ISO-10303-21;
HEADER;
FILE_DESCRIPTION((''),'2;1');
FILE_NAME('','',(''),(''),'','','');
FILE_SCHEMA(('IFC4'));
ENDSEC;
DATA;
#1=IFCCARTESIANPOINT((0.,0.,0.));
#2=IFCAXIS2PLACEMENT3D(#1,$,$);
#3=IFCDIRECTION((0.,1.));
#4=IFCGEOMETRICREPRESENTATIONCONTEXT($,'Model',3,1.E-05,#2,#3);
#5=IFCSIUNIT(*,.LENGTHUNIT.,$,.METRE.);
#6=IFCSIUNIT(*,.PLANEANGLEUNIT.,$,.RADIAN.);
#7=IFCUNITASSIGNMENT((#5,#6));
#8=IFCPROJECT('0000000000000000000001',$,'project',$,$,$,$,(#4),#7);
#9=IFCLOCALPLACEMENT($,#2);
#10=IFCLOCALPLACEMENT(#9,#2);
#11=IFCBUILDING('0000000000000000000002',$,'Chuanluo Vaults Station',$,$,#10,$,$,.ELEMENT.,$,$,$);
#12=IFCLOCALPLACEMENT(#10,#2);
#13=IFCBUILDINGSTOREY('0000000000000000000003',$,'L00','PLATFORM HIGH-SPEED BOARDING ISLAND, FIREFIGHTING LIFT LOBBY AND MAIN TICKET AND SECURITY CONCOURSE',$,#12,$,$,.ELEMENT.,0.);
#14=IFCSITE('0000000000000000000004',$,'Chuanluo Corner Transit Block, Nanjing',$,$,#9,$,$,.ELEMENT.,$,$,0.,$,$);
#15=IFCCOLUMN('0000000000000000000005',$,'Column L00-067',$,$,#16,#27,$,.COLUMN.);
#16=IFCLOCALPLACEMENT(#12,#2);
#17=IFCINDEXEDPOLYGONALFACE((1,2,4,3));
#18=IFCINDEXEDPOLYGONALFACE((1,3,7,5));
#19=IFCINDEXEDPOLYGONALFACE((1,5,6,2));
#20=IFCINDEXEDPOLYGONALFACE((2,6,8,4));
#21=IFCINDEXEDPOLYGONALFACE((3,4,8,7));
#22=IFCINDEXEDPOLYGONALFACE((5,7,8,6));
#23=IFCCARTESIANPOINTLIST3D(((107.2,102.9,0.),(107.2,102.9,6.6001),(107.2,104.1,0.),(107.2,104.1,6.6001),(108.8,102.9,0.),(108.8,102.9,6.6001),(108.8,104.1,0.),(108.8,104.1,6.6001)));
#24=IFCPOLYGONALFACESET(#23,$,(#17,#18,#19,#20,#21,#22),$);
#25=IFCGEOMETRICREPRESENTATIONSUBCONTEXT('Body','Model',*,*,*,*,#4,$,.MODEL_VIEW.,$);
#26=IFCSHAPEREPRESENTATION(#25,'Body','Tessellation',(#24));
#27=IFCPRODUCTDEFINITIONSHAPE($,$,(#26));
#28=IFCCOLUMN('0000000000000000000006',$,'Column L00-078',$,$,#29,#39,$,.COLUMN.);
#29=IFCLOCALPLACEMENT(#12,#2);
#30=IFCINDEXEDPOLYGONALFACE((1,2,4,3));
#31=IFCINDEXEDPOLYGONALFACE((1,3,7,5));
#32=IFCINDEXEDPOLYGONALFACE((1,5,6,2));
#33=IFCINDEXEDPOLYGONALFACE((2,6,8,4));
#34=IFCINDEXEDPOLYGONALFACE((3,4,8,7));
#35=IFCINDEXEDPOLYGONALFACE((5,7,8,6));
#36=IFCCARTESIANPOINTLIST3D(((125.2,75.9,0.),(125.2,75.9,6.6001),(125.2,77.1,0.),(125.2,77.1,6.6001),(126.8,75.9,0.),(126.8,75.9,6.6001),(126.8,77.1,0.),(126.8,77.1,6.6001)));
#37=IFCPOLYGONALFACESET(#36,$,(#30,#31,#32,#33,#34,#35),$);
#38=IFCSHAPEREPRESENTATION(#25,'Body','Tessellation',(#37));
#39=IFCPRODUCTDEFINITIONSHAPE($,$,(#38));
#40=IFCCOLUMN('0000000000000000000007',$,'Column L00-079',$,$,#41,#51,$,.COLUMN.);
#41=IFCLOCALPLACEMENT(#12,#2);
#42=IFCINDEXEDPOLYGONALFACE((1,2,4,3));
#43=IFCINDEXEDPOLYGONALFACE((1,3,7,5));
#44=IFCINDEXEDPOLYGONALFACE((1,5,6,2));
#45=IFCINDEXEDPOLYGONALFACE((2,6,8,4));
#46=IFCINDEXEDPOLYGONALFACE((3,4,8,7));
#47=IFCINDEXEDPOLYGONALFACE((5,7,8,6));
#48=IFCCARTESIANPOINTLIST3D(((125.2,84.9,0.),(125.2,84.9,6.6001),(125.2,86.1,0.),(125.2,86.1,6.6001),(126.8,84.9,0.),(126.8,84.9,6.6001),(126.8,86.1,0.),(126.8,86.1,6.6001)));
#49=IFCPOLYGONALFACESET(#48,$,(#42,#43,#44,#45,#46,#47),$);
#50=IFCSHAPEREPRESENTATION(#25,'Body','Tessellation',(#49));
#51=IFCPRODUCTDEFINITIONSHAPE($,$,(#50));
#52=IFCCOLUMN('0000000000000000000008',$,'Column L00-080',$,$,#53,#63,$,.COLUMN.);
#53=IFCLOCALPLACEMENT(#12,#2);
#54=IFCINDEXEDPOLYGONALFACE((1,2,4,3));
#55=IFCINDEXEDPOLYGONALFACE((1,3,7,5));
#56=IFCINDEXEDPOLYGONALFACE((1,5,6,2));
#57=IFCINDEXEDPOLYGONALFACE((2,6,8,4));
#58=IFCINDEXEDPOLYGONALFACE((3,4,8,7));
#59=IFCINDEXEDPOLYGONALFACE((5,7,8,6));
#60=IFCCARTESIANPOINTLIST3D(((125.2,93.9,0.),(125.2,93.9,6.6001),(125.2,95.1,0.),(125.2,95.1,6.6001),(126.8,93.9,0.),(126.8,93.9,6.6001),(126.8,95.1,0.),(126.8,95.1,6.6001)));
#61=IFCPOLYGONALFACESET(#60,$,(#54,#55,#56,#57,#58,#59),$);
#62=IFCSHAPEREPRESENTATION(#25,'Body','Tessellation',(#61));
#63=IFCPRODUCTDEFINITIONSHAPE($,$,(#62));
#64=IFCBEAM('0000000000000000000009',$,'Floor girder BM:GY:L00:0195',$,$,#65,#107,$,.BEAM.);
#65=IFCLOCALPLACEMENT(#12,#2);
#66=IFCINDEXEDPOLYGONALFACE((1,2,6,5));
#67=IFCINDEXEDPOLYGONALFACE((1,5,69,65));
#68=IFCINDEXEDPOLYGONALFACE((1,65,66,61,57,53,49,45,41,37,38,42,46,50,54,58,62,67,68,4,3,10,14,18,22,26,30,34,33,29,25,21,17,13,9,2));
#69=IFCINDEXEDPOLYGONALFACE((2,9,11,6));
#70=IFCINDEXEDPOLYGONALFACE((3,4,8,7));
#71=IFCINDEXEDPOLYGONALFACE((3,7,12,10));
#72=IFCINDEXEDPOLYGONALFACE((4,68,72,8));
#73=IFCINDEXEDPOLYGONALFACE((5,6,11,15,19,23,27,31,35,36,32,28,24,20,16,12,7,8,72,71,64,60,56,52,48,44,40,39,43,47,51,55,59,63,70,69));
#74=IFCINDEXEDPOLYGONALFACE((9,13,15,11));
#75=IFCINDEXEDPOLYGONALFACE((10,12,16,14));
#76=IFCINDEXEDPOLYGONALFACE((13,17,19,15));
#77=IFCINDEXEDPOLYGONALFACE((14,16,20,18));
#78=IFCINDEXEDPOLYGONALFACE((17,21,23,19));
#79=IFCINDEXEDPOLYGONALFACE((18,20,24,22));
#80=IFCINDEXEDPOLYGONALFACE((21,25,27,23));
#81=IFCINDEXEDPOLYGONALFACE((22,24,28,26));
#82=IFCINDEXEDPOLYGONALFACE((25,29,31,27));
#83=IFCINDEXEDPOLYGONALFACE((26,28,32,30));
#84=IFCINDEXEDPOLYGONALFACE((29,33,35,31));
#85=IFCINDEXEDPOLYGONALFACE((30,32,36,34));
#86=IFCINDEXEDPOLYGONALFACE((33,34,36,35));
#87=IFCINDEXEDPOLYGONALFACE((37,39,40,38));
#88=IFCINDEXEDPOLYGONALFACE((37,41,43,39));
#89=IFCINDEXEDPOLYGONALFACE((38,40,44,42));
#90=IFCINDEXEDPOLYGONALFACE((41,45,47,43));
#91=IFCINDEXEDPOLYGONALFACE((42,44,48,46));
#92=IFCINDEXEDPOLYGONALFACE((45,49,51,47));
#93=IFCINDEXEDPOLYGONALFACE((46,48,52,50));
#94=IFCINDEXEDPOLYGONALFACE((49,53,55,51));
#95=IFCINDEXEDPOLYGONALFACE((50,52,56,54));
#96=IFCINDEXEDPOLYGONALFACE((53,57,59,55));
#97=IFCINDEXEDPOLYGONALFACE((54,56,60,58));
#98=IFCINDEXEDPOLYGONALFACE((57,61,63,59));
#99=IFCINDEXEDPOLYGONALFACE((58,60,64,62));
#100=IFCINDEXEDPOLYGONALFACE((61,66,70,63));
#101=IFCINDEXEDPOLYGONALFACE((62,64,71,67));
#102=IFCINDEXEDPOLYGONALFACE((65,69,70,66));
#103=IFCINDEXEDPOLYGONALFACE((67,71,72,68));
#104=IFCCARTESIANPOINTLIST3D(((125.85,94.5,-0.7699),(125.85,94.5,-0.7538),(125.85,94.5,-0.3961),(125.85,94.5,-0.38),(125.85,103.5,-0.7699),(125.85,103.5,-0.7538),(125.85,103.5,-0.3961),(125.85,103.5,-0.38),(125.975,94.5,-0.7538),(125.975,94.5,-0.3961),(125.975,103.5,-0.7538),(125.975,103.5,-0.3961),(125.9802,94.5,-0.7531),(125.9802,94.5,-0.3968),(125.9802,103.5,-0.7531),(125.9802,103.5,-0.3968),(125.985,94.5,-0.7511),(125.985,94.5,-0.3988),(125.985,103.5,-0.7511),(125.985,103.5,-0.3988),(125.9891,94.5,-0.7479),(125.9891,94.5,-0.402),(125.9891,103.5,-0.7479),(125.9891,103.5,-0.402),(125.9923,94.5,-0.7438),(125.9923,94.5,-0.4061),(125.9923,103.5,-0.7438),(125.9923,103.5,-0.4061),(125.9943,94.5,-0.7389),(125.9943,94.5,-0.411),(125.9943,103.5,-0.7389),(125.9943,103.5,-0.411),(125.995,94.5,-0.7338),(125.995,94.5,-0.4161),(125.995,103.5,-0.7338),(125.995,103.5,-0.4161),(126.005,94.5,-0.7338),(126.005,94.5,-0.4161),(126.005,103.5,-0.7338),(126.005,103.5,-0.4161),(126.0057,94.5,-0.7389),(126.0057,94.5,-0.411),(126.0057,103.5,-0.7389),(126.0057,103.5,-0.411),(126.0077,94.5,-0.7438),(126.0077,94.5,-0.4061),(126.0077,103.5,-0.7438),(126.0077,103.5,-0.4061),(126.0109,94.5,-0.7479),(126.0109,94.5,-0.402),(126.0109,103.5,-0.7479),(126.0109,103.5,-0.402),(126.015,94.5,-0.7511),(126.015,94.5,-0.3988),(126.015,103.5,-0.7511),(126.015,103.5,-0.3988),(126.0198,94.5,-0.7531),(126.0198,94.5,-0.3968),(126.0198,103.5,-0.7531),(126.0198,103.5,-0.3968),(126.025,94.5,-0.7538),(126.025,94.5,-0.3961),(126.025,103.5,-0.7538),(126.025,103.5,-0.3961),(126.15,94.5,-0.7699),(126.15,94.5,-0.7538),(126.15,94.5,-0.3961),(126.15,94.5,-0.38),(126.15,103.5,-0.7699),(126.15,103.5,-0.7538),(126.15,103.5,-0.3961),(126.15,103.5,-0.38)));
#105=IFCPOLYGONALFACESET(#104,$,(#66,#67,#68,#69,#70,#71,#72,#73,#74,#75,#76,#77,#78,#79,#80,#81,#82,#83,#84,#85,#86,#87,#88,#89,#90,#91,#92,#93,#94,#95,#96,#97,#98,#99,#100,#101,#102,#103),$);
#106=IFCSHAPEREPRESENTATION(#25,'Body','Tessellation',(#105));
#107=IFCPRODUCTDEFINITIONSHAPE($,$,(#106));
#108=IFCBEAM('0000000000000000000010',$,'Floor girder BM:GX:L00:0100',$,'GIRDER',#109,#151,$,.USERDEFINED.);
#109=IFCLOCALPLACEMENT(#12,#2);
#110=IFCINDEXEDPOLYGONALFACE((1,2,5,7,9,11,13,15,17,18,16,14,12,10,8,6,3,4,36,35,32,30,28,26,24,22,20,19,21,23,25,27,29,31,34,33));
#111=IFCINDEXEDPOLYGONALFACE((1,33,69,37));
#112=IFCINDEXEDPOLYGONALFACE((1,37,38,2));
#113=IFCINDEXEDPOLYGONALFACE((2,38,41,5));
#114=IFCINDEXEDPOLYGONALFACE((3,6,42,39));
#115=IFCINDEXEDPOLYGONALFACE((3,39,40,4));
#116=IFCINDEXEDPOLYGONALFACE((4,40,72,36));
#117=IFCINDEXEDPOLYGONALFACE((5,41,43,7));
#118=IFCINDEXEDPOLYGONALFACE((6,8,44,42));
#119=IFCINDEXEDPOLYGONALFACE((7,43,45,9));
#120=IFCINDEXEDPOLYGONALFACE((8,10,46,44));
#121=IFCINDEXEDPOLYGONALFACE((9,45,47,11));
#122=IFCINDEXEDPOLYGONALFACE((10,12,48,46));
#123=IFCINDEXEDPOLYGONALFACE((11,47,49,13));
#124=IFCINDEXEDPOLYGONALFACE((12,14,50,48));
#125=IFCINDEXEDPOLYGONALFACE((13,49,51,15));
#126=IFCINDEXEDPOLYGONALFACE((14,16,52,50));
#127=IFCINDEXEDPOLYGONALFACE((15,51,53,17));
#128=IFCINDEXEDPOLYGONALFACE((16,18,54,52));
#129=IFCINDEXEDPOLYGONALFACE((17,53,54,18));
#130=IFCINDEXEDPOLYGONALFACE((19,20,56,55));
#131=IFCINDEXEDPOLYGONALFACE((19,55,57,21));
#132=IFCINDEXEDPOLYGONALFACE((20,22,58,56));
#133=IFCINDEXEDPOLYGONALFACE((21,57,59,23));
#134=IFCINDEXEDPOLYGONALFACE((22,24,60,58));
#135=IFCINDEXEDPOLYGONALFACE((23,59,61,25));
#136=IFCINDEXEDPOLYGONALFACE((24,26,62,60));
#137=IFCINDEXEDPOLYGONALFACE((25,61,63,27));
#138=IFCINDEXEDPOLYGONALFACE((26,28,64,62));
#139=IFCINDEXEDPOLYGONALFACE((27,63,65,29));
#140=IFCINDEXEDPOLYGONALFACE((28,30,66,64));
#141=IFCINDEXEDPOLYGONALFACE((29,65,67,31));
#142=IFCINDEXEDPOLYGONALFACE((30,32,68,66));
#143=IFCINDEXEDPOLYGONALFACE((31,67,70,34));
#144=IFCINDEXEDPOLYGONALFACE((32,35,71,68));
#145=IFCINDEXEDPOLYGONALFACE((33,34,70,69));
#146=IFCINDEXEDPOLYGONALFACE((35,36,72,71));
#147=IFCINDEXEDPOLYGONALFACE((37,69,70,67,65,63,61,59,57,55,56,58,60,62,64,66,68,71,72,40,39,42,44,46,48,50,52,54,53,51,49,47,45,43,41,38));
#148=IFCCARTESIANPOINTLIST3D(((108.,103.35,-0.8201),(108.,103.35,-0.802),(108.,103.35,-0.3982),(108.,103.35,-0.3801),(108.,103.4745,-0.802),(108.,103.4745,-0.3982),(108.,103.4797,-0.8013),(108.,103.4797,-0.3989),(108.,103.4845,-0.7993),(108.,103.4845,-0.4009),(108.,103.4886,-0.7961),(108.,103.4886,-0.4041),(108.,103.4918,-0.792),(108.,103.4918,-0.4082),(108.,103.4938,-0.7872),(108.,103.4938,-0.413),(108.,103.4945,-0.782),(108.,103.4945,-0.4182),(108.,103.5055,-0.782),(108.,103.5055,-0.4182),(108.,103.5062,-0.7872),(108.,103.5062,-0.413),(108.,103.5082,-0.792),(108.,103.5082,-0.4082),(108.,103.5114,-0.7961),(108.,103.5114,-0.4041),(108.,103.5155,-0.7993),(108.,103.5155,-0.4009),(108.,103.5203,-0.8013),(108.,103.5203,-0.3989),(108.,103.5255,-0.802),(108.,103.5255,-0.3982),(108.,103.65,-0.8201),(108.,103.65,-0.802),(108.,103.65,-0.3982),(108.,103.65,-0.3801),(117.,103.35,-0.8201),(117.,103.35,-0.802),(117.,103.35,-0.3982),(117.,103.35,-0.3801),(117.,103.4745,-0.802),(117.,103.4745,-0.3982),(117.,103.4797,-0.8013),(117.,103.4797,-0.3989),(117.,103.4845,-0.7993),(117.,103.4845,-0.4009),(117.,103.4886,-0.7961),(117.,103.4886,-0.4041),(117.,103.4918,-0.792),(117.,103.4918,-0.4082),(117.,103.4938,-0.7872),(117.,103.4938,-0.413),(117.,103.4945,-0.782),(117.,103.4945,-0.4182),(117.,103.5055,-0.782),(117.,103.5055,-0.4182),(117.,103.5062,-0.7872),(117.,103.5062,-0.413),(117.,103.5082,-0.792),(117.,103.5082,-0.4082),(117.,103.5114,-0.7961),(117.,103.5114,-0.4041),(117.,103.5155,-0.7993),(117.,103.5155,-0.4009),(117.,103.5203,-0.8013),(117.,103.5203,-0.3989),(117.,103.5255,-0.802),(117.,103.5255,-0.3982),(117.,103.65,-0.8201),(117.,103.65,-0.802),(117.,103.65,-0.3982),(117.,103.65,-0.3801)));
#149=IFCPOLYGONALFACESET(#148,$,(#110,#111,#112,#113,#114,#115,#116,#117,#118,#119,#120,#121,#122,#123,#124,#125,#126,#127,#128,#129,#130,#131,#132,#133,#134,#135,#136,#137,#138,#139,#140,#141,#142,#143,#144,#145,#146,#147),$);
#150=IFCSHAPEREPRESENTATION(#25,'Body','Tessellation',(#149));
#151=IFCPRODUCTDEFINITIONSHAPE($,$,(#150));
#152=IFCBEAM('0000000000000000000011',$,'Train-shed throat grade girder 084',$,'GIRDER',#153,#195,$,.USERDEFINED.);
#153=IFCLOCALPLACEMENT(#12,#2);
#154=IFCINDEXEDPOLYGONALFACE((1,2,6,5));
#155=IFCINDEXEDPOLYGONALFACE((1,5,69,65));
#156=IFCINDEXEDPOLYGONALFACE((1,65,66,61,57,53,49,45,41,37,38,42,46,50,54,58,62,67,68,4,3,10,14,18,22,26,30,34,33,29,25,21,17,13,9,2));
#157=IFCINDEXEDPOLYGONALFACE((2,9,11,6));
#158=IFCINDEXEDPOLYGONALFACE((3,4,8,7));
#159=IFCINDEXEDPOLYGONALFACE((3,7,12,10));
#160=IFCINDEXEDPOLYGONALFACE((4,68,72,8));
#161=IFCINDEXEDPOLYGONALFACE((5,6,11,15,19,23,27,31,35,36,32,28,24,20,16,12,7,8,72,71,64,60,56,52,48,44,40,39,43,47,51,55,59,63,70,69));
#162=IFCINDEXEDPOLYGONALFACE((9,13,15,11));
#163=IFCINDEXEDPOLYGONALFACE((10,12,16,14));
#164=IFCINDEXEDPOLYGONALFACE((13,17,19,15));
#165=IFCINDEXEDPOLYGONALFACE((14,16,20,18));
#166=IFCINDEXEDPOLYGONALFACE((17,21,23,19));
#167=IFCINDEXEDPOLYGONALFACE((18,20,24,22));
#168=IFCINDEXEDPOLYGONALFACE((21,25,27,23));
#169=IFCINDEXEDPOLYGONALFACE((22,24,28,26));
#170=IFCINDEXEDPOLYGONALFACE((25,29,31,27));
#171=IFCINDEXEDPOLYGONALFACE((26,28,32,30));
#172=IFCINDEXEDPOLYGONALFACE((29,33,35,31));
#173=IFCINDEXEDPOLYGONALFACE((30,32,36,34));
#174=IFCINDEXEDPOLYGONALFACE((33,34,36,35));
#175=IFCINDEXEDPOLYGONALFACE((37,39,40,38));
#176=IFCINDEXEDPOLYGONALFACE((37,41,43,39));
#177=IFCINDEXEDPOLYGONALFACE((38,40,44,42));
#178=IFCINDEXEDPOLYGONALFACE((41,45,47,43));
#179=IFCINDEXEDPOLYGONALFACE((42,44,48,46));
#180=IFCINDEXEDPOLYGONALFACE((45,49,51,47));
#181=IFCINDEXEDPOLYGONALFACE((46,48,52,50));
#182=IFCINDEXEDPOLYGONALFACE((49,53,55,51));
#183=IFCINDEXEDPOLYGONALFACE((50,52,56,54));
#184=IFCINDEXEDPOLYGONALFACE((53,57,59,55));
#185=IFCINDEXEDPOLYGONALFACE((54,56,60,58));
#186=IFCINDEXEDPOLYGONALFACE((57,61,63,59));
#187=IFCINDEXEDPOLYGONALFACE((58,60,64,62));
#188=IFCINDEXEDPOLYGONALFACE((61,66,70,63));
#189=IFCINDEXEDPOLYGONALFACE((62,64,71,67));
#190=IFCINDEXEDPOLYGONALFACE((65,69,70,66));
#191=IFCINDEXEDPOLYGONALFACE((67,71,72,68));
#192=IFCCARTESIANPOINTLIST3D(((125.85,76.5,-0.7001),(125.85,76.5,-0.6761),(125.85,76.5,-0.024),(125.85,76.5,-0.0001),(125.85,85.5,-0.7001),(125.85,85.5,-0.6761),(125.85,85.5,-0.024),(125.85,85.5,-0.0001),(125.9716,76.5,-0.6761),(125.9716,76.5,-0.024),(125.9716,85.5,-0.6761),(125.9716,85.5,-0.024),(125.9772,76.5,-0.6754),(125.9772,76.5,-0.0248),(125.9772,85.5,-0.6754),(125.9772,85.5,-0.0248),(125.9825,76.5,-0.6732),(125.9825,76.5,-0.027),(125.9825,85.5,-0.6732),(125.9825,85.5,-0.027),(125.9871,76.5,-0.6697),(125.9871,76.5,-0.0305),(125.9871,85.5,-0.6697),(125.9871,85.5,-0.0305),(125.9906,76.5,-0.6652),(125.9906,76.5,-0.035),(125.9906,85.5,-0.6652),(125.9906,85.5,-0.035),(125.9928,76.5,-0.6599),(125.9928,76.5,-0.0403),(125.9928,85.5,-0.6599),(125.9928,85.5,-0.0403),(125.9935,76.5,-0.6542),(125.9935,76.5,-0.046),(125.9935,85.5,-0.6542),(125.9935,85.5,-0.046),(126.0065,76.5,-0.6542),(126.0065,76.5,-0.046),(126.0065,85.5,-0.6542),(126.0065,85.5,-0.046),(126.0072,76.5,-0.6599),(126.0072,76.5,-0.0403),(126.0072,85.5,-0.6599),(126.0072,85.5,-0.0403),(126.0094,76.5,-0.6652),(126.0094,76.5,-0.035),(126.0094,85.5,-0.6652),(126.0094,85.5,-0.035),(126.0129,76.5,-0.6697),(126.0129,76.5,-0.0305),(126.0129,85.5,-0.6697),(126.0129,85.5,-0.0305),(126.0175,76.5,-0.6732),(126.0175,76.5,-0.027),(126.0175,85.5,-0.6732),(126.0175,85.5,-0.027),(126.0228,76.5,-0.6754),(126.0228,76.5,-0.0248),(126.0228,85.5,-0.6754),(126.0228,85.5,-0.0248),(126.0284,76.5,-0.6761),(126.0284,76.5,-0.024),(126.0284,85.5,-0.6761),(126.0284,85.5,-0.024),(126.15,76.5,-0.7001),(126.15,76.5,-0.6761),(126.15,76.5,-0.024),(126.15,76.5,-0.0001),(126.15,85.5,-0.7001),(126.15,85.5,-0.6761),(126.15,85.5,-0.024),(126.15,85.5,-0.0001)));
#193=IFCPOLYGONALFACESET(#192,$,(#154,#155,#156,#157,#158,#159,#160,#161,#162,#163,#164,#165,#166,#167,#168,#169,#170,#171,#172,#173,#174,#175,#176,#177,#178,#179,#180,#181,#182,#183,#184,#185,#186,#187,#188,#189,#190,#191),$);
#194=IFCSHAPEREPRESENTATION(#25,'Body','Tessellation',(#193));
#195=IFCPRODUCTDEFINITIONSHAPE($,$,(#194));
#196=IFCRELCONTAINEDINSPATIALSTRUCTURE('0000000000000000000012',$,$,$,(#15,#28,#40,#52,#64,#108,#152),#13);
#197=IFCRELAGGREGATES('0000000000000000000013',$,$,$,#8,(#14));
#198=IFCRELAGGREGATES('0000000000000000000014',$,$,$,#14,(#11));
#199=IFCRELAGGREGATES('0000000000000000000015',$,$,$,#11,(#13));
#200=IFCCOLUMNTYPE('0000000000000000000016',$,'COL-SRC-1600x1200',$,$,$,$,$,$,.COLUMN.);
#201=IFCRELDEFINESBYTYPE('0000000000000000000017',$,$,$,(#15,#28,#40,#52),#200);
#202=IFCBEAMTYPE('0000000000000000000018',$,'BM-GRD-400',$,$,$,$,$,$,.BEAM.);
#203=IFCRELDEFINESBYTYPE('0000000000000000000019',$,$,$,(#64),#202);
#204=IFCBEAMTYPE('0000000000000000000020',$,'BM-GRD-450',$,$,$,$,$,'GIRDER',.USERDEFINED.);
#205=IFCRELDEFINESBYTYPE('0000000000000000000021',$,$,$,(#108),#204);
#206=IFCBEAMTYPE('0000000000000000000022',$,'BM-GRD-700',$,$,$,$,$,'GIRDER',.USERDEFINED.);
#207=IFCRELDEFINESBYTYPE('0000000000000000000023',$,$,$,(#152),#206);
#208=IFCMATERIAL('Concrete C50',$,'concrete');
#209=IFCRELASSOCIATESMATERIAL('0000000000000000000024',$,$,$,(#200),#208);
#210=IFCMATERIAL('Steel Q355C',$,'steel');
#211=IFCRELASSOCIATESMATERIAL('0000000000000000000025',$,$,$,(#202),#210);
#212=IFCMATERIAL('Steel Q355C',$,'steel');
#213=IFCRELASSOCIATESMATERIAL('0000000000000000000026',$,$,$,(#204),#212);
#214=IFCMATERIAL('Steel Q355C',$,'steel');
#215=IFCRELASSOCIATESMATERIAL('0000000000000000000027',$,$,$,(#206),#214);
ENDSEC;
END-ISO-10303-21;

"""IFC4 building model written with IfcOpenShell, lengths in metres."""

from ifc_helpers import new_model, si_unit, direction, frame, origin, origin_2d, place, context, subcontext, project, spatial, rectangle, i_section, extrude, material, material_profile, profile_set, type_object, element, save


model = new_model("IFC4")

# Units and contexts
model_context = context("Model", 3, precision=1e-05, world=origin(), true_north=direction((0.0, 1.0)))
body_context = subcontext(model_context, "Body", "Model", "MODEL_VIEW")
ifc_project = project(units=[si_unit("LENGTHUNIT", "METRE"), si_unit("PLANEANGLEUNIT", "RADIAN")], contexts=[model_context])

# Site, building, storey
site_placement = place(None, origin())
site = spatial("IfcSite", under=ifc_project, at=site_placement, Name="Chuanluo Corner Transit Block, Nanjing", CompositionType="ELEMENT", RefElevation=0.0)
building_placement = place(site_placement, origin())
building = spatial("IfcBuilding", under=site, at=building_placement, Name="Chuanluo Vaults Station", CompositionType="ELEMENT")
storey_placement = place(building_placement, origin())
storey = spatial("IfcBuildingStorey", under=building, at=storey_placement, Name="L00", Description="PLATFORM HIGH-SPEED BOARDING ISLAND, FIREFIGHTING LIFT LOBBY AND MAIN TICKET AND SECURITY CONCOURSE", CompositionType="ELEMENT", Elevation=0.0)

# Columns
ifc_material_1 = material(Name="Concrete C50", Category="concrete")
ifc_material_profile_1 = material_profile(ifc_material_1, rectangle(XDim=1.6001, YDim=1.2, at=origin_2d()))
ifc_profile_set_1 = profile_set([ifc_material_profile_1], Name="Concrete C50")
column_type = type_object("IfcColumnType", Name="COL-SRC-1600x1200", PredefinedType="COLUMN", material=ifc_profile_set_1)
for number, where, z_axis, x_axis, name in (
    (1, (108.0, 103.5, 0.0), (0.0, 0.0, 1.0), (1.0, 0.0, 0.0), "Column L00-067"),
    (2, (126.0, 76.5, 0.0), (0.0, 0.0, 1.0), (1.0, 0.0, 0.0), "Column L00-078"),
    (3, (126.0, 85.5, 0.0), (0.0, 0.0, 1.0), (1.0, 0.0, 0.0), "Column L00-079"),
    (4, (126.0, 94.5, 0.0), (0.0, 0.0, 1.0), (1.0, 0.0, 0.0), "Column L00-080"),
):
    element("IfcColumn", number, at=place(storey_placement, frame(where, z_axis=z_axis, x_axis=x_axis)), inside=storey, type_object=column_type, Name=name, PredefinedType="COLUMN", context=body_context, shape_type="SweptSolid", body=[
        extrude(rectangle(XDim=1.6001, YDim=1.2, at=origin_2d()), origin(), (0.0, 0.0, 1.0), 6.6001),
    ])

# Beams
ifc_material_2 = material(Name="Steel Q355C", Category="steel")
ifc_material_profile_2 = material_profile(ifc_material_2, i_section(OverallWidth=0.3, OverallDepth=0.3899, WebThickness=0.01, FlangeThickness=0.0161, FilletRadius=0.02, at=origin_2d()))
ifc_profile_set_2 = profile_set([ifc_material_profile_2], Name="Steel Q355C")
beam_type_1 = type_object("IfcBeamType", Name="BM-GRD-400", PredefinedType="BEAM", material=ifc_profile_set_2)
beam_1_placement = place(storey_placement, frame((126.0, 94.5, -0.575), z_axis=(0.0, 1.0, 0.0), x_axis=(-1.0, 0.0, 0.0)))
element("IfcBeam", 5, at=beam_1_placement, inside=storey, type_object=beam_type_1, Name="Floor girder BM:GY:L00:0195", PredefinedType="BEAM", context=body_context, shape_type="SweptSolid", body=[
    extrude(i_section(OverallWidth=0.3, OverallDepth=0.3899, WebThickness=0.01, FlangeThickness=0.0161, FilletRadius=0.02, at=origin_2d()), origin(), (0.0, 0.0, 1.0), 9.0),
])
ifc_material_3 = material(Name="Steel Q355C", Category="steel")
ifc_material_profile_3 = material_profile(ifc_material_3, i_section(OverallWidth=0.3, OverallDepth=0.4399, WebThickness=0.011, FlangeThickness=0.0181, FilletRadius=0.02, at=origin_2d()))
ifc_profile_set_3 = profile_set([ifc_material_profile_3], Name="Steel Q355C")
beam_type_2 = type_object("IfcBeamType", Name="BM-GRD-450", ElementType="GIRDER", PredefinedType="USERDEFINED", material=ifc_profile_set_3)
beam_2_placement = place(storey_placement, frame((108.0, 103.5, -0.6001), z_axis=(1.0, 0.0, 0.0), x_axis=(0.0, 1.0, 0.0)))
element("IfcBeam", 6, at=beam_2_placement, inside=storey, type_object=beam_type_2, Name="Floor girder BM:GX:L00:0100", ObjectType="GIRDER", PredefinedType="USERDEFINED", context=body_context, shape_type="SweptSolid", body=[
    extrude(i_section(OverallWidth=0.3, OverallDepth=0.4399, WebThickness=0.011, FlangeThickness=0.0181, FilletRadius=0.02, at=origin_2d()), origin(), (0.0, 0.0, 1.0), 9.0),
])
ifc_material_4 = material(Name="Steel Q355C", Category="steel")
ifc_material_profile_4 = material_profile(ifc_material_4, i_section(OverallWidth=0.3, OverallDepth=0.7, WebThickness=0.0129, FlangeThickness=0.0239, FilletRadius=0.022, at=origin_2d()))
ifc_profile_set_4 = profile_set([ifc_material_profile_4], Name="Steel Q355C")
beam_type_3 = type_object("IfcBeamType", Name="BM-GRD-700", ElementType="GIRDER", PredefinedType="USERDEFINED", material=ifc_profile_set_4)
for number, where, z_axis, x_axis, name in (
    (7, (126.0, 76.5, -0.3501), (0.0, 1.0, 0.0), (-1.0, 0.0, 0.0), "Train-shed throat grade girder 084"),
):
    element("IfcBeam", number, at=place(storey_placement, frame(where, z_axis=z_axis, x_axis=x_axis)), inside=storey, type_object=beam_type_3, Name=name, ObjectType="GIRDER", PredefinedType="USERDEFINED", context=body_context, shape_type="SweptSolid", body=[
        extrude(i_section(OverallWidth=0.3, OverallDepth=0.7, WebThickness=0.0129, FlangeThickness=0.0239, FilletRadius=0.022, at=origin_2d()), origin(), (0.0, 0.0, 1.0), 9.0),
    ])

save(model, "model.ifc")
